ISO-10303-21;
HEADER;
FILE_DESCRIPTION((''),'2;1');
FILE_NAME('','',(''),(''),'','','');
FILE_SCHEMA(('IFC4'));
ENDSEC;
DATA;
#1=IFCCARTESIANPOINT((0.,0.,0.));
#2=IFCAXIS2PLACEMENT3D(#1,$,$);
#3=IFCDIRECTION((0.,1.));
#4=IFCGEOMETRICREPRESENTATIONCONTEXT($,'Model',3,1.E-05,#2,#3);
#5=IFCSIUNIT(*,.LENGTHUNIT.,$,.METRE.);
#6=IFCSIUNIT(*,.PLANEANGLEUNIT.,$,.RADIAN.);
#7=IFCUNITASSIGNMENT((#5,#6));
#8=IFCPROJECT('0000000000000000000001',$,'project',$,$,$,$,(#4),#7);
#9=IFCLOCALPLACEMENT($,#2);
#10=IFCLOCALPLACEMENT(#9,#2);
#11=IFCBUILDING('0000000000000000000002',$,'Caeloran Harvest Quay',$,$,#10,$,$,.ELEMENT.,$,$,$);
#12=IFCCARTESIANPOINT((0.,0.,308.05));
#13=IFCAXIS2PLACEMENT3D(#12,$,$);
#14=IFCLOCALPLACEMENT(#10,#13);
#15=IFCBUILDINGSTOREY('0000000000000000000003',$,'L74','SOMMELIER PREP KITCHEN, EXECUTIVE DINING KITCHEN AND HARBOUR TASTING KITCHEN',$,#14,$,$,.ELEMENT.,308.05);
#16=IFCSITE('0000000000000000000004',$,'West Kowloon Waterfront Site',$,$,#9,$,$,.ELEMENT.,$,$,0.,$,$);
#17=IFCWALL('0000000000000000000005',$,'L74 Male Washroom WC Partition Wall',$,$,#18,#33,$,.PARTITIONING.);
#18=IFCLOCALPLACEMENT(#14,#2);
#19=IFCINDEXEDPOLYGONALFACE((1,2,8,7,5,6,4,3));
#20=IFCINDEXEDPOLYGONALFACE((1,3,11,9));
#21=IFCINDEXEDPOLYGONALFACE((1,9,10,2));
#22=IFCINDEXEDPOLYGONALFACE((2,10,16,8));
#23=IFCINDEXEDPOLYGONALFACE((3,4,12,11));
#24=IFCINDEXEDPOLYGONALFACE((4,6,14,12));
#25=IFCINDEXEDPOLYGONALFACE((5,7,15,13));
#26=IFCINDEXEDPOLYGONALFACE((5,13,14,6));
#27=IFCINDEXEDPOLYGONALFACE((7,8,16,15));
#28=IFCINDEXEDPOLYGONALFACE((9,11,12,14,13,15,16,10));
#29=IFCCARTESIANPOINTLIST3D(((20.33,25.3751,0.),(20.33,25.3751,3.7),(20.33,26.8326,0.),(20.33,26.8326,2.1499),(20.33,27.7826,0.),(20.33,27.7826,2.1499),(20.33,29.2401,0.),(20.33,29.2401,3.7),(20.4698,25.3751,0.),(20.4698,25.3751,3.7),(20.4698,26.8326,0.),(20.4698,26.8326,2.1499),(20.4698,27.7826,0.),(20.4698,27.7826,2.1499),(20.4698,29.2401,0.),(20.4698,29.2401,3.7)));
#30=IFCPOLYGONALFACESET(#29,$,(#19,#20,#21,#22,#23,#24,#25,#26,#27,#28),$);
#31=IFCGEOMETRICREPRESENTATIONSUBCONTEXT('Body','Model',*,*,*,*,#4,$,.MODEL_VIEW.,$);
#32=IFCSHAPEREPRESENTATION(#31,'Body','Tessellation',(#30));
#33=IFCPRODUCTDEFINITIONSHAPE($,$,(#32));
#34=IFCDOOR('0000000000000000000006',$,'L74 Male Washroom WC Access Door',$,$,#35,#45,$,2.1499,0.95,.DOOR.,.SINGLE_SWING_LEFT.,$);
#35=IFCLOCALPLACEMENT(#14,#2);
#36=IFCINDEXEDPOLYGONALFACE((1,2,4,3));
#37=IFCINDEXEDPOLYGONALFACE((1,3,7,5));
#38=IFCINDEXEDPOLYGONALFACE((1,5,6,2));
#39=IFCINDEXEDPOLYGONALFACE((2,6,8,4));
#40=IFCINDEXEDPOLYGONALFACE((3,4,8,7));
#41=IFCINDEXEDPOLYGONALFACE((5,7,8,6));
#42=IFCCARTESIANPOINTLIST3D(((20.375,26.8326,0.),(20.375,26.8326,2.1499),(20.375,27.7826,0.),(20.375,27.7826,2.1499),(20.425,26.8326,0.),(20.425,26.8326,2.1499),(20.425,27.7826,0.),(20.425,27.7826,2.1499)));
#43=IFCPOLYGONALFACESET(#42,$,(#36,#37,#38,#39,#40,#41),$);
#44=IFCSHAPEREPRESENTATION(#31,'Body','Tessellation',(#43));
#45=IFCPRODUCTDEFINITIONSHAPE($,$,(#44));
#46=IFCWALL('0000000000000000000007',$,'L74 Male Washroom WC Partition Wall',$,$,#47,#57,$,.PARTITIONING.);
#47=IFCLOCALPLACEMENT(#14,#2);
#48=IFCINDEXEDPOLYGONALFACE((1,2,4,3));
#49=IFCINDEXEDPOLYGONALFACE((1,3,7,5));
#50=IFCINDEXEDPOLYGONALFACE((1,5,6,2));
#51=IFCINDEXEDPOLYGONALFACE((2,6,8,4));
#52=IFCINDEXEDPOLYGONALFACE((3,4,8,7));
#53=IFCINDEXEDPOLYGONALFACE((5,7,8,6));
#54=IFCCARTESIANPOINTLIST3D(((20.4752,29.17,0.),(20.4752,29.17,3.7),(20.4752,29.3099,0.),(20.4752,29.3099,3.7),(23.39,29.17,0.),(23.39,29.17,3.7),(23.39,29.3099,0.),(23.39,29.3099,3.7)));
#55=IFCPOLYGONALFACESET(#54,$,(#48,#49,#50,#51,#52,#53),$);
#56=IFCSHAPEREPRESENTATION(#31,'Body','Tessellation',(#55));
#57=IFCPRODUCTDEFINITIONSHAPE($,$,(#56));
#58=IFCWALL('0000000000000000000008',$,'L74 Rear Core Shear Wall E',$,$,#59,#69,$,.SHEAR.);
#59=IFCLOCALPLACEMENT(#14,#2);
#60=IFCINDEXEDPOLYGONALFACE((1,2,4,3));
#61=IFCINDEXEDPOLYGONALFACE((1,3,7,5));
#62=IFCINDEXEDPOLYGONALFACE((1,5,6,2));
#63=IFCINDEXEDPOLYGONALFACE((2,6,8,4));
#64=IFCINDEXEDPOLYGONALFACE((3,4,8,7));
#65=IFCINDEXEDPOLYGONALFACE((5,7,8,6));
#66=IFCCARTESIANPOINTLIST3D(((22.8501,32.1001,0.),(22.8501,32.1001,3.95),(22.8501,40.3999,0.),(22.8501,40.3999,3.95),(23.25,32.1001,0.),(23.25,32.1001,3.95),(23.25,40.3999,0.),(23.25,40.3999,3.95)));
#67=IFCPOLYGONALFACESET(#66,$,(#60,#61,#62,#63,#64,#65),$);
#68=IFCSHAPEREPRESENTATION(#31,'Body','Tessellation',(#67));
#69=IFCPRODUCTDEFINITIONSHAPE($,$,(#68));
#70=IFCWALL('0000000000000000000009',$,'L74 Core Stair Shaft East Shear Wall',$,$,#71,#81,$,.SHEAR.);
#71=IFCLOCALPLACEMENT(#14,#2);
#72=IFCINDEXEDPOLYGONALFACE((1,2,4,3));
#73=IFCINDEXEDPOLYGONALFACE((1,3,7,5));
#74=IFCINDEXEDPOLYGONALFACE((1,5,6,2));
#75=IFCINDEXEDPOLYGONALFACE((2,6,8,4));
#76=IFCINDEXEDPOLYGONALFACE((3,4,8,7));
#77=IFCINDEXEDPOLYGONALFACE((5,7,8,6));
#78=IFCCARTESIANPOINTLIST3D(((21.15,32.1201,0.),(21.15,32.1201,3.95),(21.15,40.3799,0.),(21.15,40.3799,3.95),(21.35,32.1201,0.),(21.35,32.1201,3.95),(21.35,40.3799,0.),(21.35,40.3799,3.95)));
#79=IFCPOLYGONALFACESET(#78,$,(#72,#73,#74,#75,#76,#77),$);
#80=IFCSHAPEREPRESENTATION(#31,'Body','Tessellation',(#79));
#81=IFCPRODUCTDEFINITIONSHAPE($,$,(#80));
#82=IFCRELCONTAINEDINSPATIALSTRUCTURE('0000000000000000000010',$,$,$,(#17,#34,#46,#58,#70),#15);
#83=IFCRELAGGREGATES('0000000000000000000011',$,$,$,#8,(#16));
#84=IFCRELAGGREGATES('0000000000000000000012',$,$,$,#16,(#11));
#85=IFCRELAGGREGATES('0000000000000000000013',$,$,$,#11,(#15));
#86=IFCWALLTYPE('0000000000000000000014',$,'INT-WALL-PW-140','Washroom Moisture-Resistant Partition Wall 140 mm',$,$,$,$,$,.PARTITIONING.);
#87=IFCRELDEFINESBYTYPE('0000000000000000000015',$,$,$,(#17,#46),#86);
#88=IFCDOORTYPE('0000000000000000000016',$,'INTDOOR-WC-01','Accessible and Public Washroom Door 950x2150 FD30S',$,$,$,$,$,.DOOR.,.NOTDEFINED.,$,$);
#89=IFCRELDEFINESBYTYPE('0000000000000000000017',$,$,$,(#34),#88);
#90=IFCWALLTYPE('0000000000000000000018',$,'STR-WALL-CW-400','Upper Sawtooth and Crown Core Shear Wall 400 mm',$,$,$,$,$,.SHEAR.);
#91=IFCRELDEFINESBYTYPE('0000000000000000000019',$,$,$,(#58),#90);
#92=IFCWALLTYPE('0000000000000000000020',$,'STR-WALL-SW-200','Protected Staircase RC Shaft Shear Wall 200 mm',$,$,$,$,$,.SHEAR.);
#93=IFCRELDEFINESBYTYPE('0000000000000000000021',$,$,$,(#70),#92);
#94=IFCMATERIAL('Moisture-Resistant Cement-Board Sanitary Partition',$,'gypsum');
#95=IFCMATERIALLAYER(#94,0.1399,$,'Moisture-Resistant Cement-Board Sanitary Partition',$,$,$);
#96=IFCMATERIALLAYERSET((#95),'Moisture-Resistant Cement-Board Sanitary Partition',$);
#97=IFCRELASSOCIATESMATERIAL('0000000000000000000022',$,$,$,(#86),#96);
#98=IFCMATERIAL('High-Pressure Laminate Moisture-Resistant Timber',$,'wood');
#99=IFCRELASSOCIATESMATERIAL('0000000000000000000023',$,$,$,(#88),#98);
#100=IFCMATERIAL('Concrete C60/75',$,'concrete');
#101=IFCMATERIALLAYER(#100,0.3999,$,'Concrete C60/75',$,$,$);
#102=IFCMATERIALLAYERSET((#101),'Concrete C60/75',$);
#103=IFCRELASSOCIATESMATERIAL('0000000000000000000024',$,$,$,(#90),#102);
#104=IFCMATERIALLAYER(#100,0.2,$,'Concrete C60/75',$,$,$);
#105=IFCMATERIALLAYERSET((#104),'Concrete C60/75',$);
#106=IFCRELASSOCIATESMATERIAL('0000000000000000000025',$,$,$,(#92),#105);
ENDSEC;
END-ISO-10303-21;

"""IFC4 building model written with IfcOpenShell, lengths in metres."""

from ifc_helpers import new_model, si_unit, direction, frame, frame_2d, origin, place, context, subcontext, project, spatial, rectangle, extrude, material, layer, layer_set, type_object, element, fill, save


model = new_model("IFC4")

# Units and contexts
model_context = context("Model", 3, precision=1e-05, world=origin(), true_north=direction((0.0, 1.0)))
body_context = subcontext(model_context, "Body", "Model", "MODEL_VIEW")
ifc_project = project(units=[si_unit("LENGTHUNIT", "METRE"), si_unit("PLANEANGLEUNIT", "RADIAN")], contexts=[model_context])

# Site, building, storey
site_placement = place(None, origin())
site = spatial("IfcSite", under=ifc_project, at=site_placement, Name="West Kowloon Waterfront Site", CompositionType="ELEMENT", RefElevation=0.0)
building_placement = place(site_placement, origin())
building = spatial("IfcBuilding", under=site, at=building_placement, Name="Caeloran Harvest Quay", CompositionType="ELEMENT")
storey_placement = place(building_placement, frame((0.0, 0.0, 308.05)))
storey = spatial("IfcBuildingStorey", under=building, at=storey_placement, Name="L74", Description="SOMMELIER PREP KITCHEN, EXECUTIVE DINING KITCHEN AND HARBOUR TASTING KITCHEN", CompositionType="ELEMENT", Elevation=308.05)

# Shared definitions
ifc_material_1 = material(Name="Concrete C60/75", Category="concrete")

# Shared definitions
ifc_material_2 = material(Name="Moisture-Resistant Cement-Board Sanitary Partition", Category="gypsum")
ifc_layer_1 = layer(ifc_material_2, 0.1399, Name="Moisture-Resistant Cement-Board Sanitary Partition")
ifc_layer_set_1 = layer_set([ifc_layer_1], Name="Moisture-Resistant Cement-Board Sanitary Partition")
wall_type_1 = type_object("IfcWallType", Name="INT-WALL-PW-140", Description="Washroom Moisture-Resistant Partition Wall 140 mm", PredefinedType="PARTITIONING", material=ifc_layer_set_1)

# Wall, opening, door
wall_1_placement = place(storey_placement, frame((20.3999, 25.375, 0.0), z_axis=(0.0, 0.0, 1.0), x_axis=(0.0, 1.0, 0.0)))
wall_1 = element("IfcWall", 1, at=wall_1_placement, inside=storey, type_object=wall_type_1, Name="L74 Male Washroom WC Partition Wall", PredefinedType="PARTITIONING", context=body_context, shape_type="SweptSolid", body=[
    extrude(rectangle(XDim=3.865, YDim=0.1399, at=frame_2d((1.9326, 0.0))), origin(), (0.0, 0.0, 1.0), 3.7),
])
opening_1_placement = place(wall_1_placement, frame((1.4575, 0.0, 0.0)))
opening_1 = element("IfcOpeningElement", 2, at=opening_1_placement, cuts=wall_1, PredefinedType="OPENING", context=body_context, shape_type="SweptSolid", body=[
    extrude(rectangle(XDim=0.95, YDim=2.1499, at=frame_2d((0.4751, 1.075))), frame((0.0, 0.0801, 0.0), z_axis=(0.0, -1.0, 0.0), x_axis=(1.0, 0.0, 0.0)), (0.0, 0.0, 1.0), 0.1599),
])
ifc_material_3 = material(Name="High-Pressure Laminate Moisture-Resistant Timber", Category="wood")
door_type_1 = type_object("IfcDoorType", Name="INTDOOR-WC-01", Description="Accessible and Public Washroom Door 950x2150 FD30S", OperationType="NOTDEFINED", PredefinedType="DOOR", material=ifc_material_3)
door_1_placement = place(opening_1_placement, origin())
door_1 = element("IfcDoor", 3, at=door_1_placement, inside=storey, type_object=door_type_1, Name="L74 Male Washroom WC Access Door", OperationType="SINGLE_SWING_LEFT", OverallHeight=2.1499, OverallWidth=0.95, PredefinedType="DOOR", context=body_context, shape_type="SweptSolid", body=[
    extrude(rectangle(XDim=0.95, YDim=2.1499, at=frame_2d((0.4751, 1.075))), frame((0.0, 0.0249, 0.0), z_axis=(0.0, -1.0, 0.0), x_axis=(1.0, 0.0, 0.0)), (0.0, 0.0, 1.0), 0.05),
])
fill(opening_1, door_1)

# Wall
wall_2_placement = place(storey_placement, frame((20.4751, 29.24, 0.0), z_axis=(0.0, 0.0, 1.0), x_axis=(1.0, 0.0, 0.0)))
element("IfcWall", 4, at=wall_2_placement, inside=storey, type_object=wall_type_1, Name="L74 Male Washroom WC Partition Wall", PredefinedType="PARTITIONING", context=body_context, shape_type="SweptSolid", body=[
    extrude(rectangle(XDim=2.9148, YDim=0.1399, at=frame_2d((1.4575, 0.0))), origin(), (0.0, 0.0, 1.0), 3.7),
])

# Walls
ifc_layer_2 = layer(ifc_material_1, 0.3999, Name="Concrete C60/75")
ifc_layer_set_2 = layer_set([ifc_layer_2], Name="Concrete C60/75")
wall_type_2 = type_object("IfcWallType", Name="STR-WALL-CW-400", Description="Upper Sawtooth and Crown Core Shear Wall 400 mm", PredefinedType="SHEAR", material=ifc_layer_set_2)
wall_3_placement = place(storey_placement, frame((23.05, 32.1001, 0.0), z_axis=(0.0, 0.0, 1.0), x_axis=(0.0, 1.0, 0.0)))
element("IfcWall", 5, at=wall_3_placement, inside=storey, type_object=wall_type_2, Name="L74 Rear Core Shear Wall E", PredefinedType="SHEAR", context=body_context, shape_type="SweptSolid", body=[
    extrude(rectangle(XDim=8.2998, YDim=0.3999, at=frame_2d((4.1499, 0.0))), origin(), (0.0, 0.0, 1.0), 3.95),
])
ifc_layer_3 = layer(ifc_material_1, 0.2, Name="Concrete C60/75")
ifc_layer_set_3 = layer_set([ifc_layer_3], Name="Concrete C60/75")
wall_type_3 = type_object("IfcWallType", Name="STR-WALL-SW-200", Description="Protected Staircase RC Shaft Shear Wall 200 mm", PredefinedType="SHEAR", material=ifc_layer_set_3)
wall_4_placement = place(storey_placement, frame((21.25, 32.1201, 0.0), z_axis=(0.0, 0.0, 1.0), x_axis=(0.0, 1.0, 0.0)))
element("IfcWall", 6, at=wall_4_placement, inside=storey, type_object=wall_type_3, Name="L74 Core Stair Shaft East Shear Wall", PredefinedType="SHEAR", context=body_context, shape_type="SweptSolid", body=[
    extrude(rectangle(XDim=8.2598, YDim=0.2, at=frame_2d((4.1299, 0.0))), origin(), (0.0, 0.0, 1.0), 3.95),
])

save(model, "model.ifc")
